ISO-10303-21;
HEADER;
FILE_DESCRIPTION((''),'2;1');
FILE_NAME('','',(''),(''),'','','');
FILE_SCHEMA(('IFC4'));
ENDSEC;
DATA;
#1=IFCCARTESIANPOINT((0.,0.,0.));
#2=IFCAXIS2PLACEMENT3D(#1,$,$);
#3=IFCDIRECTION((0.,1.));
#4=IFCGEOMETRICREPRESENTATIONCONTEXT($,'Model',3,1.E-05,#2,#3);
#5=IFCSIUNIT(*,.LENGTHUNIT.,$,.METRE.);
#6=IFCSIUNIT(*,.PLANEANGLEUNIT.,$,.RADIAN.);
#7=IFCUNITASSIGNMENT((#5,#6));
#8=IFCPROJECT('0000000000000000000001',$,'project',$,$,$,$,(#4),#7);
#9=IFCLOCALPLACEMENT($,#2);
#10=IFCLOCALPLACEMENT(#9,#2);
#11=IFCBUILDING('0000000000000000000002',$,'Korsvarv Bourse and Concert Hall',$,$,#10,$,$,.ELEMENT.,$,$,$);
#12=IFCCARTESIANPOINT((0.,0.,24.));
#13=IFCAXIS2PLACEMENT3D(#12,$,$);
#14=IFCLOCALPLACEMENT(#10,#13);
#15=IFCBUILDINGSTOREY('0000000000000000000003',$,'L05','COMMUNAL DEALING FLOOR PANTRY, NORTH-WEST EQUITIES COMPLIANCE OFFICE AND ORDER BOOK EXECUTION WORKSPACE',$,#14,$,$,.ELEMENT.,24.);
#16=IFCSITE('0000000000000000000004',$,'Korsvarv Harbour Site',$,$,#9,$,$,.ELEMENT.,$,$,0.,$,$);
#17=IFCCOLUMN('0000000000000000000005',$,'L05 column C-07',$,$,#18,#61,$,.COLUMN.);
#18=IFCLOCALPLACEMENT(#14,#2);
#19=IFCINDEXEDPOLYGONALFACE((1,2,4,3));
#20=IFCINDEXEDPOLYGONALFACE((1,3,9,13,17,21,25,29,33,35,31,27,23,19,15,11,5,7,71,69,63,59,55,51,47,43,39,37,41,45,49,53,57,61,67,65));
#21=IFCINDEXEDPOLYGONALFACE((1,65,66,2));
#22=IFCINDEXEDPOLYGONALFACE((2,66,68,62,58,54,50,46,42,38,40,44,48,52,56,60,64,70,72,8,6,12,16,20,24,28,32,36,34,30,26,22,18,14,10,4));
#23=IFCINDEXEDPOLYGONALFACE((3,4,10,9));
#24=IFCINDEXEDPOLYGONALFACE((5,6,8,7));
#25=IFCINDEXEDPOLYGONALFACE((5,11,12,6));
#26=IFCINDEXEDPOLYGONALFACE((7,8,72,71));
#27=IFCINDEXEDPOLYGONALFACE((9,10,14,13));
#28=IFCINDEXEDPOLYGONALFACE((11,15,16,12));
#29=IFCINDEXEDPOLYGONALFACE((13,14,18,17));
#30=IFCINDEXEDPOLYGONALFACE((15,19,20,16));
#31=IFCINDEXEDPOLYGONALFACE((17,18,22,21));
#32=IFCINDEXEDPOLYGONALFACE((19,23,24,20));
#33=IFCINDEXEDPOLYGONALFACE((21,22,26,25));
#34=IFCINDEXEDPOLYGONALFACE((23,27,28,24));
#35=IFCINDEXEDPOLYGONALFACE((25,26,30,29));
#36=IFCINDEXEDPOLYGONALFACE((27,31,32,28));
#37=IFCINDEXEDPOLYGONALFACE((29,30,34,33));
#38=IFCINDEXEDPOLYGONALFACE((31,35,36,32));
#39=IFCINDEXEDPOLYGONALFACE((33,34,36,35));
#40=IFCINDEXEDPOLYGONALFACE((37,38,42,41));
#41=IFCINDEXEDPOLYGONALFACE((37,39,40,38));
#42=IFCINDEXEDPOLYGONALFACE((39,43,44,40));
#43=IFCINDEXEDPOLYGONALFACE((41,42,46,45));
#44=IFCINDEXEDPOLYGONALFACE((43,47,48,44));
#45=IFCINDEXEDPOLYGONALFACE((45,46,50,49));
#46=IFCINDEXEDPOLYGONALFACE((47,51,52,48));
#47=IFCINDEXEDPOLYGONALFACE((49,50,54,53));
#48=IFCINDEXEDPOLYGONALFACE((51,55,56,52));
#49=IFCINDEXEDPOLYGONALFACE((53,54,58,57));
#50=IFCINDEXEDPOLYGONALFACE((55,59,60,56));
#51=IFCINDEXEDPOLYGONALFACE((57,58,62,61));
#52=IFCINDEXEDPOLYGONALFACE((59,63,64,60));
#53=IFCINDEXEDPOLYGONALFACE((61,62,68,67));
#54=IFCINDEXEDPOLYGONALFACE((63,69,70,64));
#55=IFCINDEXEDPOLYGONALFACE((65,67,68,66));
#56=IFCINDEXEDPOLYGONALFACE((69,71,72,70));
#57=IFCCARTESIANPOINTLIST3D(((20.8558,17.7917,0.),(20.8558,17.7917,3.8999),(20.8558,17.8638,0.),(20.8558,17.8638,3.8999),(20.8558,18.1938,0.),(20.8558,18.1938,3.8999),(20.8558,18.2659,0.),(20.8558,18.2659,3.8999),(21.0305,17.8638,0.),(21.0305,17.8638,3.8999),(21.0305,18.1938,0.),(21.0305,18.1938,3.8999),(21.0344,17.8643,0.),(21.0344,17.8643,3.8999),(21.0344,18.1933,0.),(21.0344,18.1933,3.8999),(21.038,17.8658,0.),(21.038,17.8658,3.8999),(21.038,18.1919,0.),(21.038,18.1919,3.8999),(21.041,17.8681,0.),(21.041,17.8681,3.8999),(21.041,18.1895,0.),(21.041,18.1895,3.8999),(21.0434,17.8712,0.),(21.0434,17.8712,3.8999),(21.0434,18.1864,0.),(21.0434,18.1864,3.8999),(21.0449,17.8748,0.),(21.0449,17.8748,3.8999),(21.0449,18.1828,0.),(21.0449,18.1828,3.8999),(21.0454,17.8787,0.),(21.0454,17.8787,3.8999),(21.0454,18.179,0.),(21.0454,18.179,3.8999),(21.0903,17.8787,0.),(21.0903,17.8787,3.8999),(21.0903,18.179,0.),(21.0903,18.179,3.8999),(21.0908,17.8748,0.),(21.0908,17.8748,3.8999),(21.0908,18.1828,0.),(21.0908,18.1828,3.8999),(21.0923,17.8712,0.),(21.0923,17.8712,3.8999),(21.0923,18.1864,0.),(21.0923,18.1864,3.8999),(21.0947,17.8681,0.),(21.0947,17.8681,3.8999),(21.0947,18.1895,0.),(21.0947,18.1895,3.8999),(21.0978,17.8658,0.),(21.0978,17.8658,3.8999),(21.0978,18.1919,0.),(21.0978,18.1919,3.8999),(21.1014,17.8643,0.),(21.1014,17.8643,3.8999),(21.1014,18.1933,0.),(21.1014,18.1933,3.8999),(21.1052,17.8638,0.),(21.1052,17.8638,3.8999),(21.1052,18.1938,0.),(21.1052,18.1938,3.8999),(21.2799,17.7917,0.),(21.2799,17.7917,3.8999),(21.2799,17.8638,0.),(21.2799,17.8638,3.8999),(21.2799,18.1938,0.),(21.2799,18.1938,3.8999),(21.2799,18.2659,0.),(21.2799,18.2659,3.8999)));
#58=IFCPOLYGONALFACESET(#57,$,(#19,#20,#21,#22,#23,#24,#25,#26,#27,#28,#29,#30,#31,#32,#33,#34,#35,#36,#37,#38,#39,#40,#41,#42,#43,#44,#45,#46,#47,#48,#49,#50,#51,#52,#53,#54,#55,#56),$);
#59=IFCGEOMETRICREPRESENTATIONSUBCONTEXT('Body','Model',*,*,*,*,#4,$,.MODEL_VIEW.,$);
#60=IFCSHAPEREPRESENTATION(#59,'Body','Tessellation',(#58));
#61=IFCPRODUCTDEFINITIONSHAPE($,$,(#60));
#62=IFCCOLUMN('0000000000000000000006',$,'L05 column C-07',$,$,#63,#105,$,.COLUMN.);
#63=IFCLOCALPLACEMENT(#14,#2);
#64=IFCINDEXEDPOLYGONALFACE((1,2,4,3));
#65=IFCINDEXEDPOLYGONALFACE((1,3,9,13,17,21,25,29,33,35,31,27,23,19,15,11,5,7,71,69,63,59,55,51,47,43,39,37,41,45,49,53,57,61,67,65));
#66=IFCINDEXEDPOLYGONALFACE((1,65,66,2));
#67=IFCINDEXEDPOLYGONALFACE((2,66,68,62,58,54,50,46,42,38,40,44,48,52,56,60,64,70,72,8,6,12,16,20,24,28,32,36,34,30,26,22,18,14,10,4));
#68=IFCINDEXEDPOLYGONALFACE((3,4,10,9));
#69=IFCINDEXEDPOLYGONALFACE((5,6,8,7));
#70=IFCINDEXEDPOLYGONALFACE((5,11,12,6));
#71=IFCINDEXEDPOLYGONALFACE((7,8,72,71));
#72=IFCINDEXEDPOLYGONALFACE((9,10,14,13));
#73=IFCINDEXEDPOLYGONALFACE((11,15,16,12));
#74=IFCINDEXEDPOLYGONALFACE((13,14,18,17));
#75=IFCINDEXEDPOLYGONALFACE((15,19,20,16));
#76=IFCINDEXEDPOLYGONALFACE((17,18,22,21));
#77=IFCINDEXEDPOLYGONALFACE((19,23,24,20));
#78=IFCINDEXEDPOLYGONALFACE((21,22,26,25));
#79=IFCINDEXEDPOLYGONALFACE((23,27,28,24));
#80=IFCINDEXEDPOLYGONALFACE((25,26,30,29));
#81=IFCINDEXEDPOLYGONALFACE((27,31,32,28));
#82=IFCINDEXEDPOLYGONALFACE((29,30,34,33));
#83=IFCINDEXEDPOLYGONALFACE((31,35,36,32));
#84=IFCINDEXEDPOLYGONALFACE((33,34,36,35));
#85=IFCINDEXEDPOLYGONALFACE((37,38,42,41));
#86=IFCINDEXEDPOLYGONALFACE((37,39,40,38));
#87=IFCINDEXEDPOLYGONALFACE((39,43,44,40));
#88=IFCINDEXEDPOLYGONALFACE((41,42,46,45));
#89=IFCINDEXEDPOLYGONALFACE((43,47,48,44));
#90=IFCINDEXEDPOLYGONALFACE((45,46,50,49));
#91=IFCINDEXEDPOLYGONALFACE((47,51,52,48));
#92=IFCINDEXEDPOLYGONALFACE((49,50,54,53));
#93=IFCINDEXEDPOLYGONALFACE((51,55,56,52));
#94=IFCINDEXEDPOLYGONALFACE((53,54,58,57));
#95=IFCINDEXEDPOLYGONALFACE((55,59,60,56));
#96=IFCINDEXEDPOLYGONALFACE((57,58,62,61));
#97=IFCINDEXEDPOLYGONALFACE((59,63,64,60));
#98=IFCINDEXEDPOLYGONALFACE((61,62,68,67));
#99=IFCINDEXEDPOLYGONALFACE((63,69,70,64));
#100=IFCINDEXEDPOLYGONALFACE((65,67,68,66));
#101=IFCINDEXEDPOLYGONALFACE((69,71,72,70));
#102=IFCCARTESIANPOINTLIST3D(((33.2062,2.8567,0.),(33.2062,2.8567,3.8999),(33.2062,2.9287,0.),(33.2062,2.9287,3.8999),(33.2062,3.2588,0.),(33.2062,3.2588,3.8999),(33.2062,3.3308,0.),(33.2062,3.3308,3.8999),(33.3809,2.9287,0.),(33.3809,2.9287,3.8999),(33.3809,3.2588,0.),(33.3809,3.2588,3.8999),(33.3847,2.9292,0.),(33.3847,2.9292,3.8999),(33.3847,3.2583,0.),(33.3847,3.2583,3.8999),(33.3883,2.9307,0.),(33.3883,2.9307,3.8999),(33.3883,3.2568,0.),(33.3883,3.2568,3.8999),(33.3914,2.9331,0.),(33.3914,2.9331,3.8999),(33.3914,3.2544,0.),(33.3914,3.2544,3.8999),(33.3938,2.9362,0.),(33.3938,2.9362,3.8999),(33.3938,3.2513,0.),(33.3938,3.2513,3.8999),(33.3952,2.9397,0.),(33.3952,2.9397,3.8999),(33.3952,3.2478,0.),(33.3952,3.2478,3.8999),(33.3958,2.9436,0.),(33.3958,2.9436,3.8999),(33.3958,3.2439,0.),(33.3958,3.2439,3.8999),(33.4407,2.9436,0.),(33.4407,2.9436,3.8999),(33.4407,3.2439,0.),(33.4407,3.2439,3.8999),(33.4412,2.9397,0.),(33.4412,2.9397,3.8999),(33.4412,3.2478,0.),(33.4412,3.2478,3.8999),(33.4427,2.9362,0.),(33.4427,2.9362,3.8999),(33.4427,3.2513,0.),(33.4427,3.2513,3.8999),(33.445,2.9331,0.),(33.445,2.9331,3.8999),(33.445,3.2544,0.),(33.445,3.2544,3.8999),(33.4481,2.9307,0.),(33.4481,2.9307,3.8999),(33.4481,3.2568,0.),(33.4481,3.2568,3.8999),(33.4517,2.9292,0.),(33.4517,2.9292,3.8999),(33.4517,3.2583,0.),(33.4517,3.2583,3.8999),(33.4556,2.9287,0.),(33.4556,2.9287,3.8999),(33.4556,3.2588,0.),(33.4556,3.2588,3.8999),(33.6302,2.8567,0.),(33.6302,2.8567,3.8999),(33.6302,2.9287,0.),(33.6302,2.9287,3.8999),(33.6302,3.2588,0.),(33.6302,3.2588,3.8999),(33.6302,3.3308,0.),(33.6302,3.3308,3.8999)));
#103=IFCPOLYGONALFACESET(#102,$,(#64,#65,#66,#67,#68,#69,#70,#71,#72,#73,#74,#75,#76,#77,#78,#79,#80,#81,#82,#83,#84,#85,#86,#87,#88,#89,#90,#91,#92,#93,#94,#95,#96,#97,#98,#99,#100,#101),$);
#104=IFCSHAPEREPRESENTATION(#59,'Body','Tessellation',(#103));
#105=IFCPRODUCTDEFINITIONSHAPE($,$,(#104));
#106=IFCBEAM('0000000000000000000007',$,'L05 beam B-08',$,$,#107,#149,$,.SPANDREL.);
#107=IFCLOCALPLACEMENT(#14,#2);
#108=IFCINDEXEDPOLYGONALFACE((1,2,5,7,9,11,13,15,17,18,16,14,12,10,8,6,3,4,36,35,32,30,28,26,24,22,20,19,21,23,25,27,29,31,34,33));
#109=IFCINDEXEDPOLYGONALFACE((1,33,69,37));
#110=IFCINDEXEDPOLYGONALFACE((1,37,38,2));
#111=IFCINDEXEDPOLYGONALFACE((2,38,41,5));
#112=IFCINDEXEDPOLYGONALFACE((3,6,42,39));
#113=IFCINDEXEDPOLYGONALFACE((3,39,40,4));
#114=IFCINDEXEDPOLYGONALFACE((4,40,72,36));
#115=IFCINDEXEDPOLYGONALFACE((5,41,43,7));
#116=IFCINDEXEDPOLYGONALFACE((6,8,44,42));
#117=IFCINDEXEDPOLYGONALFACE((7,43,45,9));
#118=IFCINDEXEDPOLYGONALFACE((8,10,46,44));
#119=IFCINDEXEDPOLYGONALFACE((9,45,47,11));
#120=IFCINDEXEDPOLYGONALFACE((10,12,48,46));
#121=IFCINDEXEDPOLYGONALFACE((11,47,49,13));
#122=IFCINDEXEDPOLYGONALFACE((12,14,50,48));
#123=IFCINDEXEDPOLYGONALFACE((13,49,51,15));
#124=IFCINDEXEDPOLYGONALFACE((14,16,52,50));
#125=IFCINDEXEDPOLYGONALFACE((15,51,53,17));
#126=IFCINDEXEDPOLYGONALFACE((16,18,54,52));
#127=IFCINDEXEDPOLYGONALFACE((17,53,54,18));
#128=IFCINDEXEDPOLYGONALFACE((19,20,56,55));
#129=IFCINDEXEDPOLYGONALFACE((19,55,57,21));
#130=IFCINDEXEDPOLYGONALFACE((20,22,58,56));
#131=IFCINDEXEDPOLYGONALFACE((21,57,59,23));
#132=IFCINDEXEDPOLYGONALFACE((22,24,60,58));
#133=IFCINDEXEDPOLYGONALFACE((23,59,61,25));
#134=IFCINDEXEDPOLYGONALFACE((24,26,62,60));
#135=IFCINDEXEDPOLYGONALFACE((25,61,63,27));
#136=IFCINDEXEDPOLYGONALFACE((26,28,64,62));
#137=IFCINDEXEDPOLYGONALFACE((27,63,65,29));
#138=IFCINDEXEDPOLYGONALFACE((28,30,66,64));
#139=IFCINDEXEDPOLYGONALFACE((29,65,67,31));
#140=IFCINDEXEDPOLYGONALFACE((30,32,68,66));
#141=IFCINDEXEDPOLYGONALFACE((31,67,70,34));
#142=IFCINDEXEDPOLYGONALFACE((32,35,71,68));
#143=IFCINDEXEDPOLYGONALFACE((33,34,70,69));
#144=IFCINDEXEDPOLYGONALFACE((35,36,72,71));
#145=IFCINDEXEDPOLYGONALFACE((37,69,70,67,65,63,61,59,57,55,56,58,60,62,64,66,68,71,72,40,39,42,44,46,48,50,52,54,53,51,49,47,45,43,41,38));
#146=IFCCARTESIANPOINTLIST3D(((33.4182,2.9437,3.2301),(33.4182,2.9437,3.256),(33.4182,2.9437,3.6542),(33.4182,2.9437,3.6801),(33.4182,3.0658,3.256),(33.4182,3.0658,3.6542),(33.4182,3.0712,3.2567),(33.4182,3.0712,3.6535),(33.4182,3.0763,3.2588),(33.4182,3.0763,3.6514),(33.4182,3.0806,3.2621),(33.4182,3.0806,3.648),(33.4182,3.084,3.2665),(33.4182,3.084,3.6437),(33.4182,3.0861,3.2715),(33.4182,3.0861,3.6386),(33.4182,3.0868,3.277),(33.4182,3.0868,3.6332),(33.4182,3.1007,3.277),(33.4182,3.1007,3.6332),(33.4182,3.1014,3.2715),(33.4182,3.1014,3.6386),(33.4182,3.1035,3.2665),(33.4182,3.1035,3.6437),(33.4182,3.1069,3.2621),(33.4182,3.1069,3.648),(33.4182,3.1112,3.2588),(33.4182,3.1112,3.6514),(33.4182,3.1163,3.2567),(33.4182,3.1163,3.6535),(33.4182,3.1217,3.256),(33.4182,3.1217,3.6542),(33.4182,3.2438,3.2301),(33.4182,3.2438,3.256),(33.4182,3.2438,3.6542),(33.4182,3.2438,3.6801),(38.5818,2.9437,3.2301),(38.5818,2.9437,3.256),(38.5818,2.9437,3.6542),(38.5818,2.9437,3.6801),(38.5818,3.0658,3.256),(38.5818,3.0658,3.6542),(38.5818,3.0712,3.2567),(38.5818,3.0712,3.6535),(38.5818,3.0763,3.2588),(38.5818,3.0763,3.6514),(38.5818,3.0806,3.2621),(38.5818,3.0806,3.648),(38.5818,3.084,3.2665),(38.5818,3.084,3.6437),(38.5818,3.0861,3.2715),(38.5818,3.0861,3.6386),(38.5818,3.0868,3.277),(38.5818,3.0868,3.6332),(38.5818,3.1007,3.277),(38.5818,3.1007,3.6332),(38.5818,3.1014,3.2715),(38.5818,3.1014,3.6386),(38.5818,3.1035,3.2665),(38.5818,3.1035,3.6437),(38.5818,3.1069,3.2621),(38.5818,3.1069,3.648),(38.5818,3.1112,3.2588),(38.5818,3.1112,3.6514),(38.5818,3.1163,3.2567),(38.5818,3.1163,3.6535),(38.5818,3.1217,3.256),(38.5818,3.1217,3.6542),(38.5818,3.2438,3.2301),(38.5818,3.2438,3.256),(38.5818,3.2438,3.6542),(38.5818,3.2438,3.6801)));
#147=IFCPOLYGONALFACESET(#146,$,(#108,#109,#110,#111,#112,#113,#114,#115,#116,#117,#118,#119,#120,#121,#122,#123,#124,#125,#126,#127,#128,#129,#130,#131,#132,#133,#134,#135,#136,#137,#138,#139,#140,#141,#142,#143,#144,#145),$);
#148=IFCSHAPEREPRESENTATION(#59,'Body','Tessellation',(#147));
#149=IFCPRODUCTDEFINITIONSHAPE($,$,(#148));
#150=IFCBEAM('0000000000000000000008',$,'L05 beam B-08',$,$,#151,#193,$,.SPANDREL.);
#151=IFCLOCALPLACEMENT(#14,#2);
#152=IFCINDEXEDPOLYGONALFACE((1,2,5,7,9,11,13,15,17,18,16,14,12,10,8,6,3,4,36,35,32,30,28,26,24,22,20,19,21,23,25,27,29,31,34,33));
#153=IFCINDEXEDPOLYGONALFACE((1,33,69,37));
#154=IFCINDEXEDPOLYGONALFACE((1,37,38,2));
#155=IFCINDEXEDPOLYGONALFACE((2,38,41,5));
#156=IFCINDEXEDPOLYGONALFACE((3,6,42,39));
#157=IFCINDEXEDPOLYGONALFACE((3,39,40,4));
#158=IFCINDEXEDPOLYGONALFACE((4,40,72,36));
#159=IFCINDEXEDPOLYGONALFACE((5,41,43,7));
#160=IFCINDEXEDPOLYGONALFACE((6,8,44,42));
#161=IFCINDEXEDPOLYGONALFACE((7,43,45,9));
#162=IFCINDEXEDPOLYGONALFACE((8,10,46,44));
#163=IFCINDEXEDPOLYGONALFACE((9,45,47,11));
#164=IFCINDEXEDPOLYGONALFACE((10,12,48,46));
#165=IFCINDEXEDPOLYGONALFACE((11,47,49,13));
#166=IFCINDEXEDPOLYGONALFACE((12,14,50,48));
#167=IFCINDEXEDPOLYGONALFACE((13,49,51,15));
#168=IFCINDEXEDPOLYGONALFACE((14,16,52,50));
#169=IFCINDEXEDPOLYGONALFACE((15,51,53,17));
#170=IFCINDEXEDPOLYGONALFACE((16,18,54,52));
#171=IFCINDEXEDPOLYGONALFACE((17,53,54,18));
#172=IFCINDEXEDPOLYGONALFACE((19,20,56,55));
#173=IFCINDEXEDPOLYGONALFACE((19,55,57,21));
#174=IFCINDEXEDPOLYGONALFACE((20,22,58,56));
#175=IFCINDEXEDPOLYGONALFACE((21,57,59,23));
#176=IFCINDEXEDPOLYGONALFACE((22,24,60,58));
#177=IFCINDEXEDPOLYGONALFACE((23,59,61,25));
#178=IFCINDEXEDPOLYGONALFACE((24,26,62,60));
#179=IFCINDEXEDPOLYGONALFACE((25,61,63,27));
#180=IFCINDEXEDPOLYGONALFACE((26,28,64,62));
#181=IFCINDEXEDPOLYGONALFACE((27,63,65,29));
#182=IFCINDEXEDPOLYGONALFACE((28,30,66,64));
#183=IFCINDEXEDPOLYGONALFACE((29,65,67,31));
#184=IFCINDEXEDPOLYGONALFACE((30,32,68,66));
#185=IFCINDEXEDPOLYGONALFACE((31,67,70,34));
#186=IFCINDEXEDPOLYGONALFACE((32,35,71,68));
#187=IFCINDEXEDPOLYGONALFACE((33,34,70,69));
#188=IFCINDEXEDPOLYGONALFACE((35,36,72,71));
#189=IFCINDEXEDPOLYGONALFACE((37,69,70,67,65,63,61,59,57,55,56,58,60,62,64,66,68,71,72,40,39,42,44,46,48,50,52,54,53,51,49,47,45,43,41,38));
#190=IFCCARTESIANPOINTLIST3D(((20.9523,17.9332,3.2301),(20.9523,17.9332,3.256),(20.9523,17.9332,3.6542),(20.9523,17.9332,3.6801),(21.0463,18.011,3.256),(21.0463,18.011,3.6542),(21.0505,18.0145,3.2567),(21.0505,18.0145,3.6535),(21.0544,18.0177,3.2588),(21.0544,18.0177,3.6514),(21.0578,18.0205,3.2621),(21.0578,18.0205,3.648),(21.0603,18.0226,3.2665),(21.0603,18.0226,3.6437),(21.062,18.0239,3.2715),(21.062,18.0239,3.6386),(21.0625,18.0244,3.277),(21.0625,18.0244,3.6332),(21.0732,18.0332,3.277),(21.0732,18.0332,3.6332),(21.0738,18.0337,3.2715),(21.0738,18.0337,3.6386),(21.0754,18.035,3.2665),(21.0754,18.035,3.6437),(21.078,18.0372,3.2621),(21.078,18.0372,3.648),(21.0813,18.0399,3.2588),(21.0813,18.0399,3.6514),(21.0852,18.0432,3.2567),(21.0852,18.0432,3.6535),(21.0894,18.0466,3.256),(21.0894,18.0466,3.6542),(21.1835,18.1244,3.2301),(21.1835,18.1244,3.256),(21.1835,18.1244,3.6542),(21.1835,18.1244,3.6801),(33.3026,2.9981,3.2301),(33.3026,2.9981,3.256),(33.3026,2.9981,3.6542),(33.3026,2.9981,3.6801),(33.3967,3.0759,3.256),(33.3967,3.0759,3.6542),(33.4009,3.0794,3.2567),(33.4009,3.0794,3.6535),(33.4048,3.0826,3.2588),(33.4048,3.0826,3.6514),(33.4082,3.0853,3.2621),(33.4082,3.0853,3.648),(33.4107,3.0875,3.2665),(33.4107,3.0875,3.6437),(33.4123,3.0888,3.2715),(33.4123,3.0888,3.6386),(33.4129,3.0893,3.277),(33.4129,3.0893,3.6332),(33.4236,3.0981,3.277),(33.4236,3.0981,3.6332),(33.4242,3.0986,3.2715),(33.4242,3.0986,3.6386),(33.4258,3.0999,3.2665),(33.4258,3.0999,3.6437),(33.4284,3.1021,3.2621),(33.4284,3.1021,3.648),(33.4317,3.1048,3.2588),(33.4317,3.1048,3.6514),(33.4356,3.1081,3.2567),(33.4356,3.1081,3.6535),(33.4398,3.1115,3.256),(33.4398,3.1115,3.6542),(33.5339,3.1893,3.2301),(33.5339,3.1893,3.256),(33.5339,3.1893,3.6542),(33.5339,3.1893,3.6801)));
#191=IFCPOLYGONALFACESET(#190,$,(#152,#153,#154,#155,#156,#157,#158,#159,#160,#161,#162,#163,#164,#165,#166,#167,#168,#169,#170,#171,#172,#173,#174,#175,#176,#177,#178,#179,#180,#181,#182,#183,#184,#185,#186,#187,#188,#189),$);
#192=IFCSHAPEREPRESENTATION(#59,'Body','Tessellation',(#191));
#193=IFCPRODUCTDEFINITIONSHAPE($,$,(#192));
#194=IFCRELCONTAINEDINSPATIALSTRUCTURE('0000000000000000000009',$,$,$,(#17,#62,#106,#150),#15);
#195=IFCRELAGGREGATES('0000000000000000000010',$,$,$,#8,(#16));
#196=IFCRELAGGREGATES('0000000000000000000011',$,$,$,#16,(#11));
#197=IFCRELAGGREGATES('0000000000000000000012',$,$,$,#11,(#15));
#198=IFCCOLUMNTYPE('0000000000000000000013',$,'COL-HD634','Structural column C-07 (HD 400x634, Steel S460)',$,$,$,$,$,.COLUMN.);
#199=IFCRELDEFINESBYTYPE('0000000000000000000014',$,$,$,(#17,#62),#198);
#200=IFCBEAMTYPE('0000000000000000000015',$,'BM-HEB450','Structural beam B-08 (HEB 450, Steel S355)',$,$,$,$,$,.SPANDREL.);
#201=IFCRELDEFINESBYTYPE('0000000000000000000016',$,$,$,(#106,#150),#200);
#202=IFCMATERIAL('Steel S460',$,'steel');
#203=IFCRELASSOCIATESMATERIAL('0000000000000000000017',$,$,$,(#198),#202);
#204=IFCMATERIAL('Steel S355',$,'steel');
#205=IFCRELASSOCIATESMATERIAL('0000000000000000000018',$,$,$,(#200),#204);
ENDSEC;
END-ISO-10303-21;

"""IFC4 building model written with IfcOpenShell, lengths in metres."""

from ifc_helpers import new_model, si_unit, direction, frame, origin, origin_2d, place, context, subcontext, project, spatial, i_section, extrude, source, transform, mapped, material, material_profile, profile_set, type_object, element, save


model = new_model("IFC4")

# Units and contexts
model_context = context("Model", 3, precision=1e-05, world=origin(), true_north=direction((0.0, 1.0)))
body_context = subcontext(model_context, "Body", "Model", "MODEL_VIEW")
ifc_project = project(units=[si_unit("LENGTHUNIT", "METRE"), si_unit("PLANEANGLEUNIT", "RADIAN")], contexts=[model_context])

# Site, building, storey
site_placement = place(None, origin())
site = spatial("IfcSite", under=ifc_project, at=site_placement, Name="Korsvarv Harbour Site", CompositionType="ELEMENT", RefElevation=0.0)
building_placement = place(site_placement, origin())
building = spatial("IfcBuilding", under=site, at=building_placement, Name="Korsvarv Bourse and Concert Hall", CompositionType="ELEMENT")
storey_placement = place(building_placement, frame((0.0, 0.0, 24.0)))
storey = spatial("IfcBuildingStorey", under=building, at=storey_placement, Name="L05", Description="COMMUNAL DEALING FLOOR PANTRY, NORTH-WEST EQUITIES COMPLIANCE OFFICE AND ORDER BOOK EXECUTION WORKSPACE", CompositionType="ELEMENT", Elevation=24.0)

# Columns
ifc_material_1 = material(Name="Steel S460", Category="steel")
ifc_material_profile_1 = material_profile(ifc_material_1, i_section(OverallWidth=0.4241, OverallDepth=0.4741, WebThickness=0.0449, FlangeThickness=0.072, FilletRadius=0.0149, at=origin_2d()), Name="HD 400x634")
ifc_profile_set_1 = profile_set([ifc_material_profile_1], Name="Steel S460")
column_type = type_object("IfcColumnType", Name="COL-HD634", Description="Structural column C-07 (HD 400x634, Steel S460)", PredefinedType="COLUMN", material=ifc_profile_set_1)
shared_shape_1 = source(origin(), body_context, "Body", "SweptSolid", [
    extrude(i_section(OverallWidth=0.4241, OverallDepth=0.4741, WebThickness=0.0449, FlangeThickness=0.072, FilletRadius=0.0149, at=origin_2d()), origin(), (0.0, 0.0, 1.0), 3.8999),
])
for number, where, z_axis, x_axis, name in (
    (1, (21.0679, 18.0288, 0.0), (0.0, 0.0, 1.0), (1.0, 0.0, 0.0), "L05 column C-07"),
    (2, (33.4182, 3.0938, 0.0), (0.0, 0.0, 1.0), (1.0, 0.0, 0.0), "L05 column C-07"),
):
    element("IfcColumn", number, at=place(storey_placement, frame(where, z_axis=z_axis, x_axis=x_axis)), inside=storey, type_object=column_type, Name=name, PredefinedType="COLUMN", context=body_context, shape_type="MappedRepresentation", body=[
        mapped(shared_shape_1, transform((0.0, 0.0, 0.0), scale=1.0)),
    ])

# Beams
ifc_material_2 = material(Name="Steel S355", Category="steel")
ifc_material_profile_2 = material_profile(ifc_material_2, i_section(OverallWidth=0.3, OverallDepth=0.45, WebThickness=0.0139, FlangeThickness=0.0259, FilletRadius=0.021, at=origin_2d()), Name="HEB 450")
ifc_profile_set_2 = profile_set([ifc_material_profile_2], Name="Steel S355")
beam_type_1 = type_object("IfcBeamType", Name="BM-HEB450", Description="Structural beam B-08 (HEB 450, Steel S355)", PredefinedType="SPANDREL", material=ifc_profile_set_2)
shared_shape_2 = source(origin(), body_context, "Body", "SweptSolid", [
    extrude(i_section(OverallWidth=0.3, OverallDepth=0.45, WebThickness=0.0139, FlangeThickness=0.0259, FilletRadius=0.021, at=origin_2d()), origin(), (0.0, 0.0, 1.0), 5.1636),
])
beam_1_placement = place(storey_placement, frame((33.4182, 3.0938, 3.4551), z_axis=(1.0, 0.0, 0.0), x_axis=(0.0, 1.0, 0.0)))
element("IfcBeam", 3, at=beam_1_placement, inside=storey, type_object=beam_type_1, Name="L05 beam B-08", PredefinedType="SPANDREL", context=body_context, shape_type="MappedRepresentation", body=[
    mapped(shared_shape_2, transform((0.0, 0.0, 0.0), scale=1.0)),
])
shared_shape_3 = source(origin(), body_context, "Body", "SweptSolid", [
    extrude(i_section(OverallWidth=0.3, OverallDepth=0.45, WebThickness=0.0139, FlangeThickness=0.0259, FilletRadius=0.021, at=origin_2d()), origin(), (0.0, 0.0, 1.0), 19.3801),
])
beam_2_placement = place(storey_placement, frame((21.0679, 18.0288, 3.4551), z_axis=(0.63727, -0.77064, 0.0), x_axis=(0.77064, 0.63727, 0.0)))
element("IfcBeam", 4, at=beam_2_placement, inside=storey, type_object=beam_type_1, Name="L05 beam B-08", PredefinedType="SPANDREL", context=body_context, shape_type="MappedRepresentation", body=[
    mapped(shared_shape_3, transform((0.0, 0.0, 0.0), scale=1.0)),
])

save(model, "model.ifc")
